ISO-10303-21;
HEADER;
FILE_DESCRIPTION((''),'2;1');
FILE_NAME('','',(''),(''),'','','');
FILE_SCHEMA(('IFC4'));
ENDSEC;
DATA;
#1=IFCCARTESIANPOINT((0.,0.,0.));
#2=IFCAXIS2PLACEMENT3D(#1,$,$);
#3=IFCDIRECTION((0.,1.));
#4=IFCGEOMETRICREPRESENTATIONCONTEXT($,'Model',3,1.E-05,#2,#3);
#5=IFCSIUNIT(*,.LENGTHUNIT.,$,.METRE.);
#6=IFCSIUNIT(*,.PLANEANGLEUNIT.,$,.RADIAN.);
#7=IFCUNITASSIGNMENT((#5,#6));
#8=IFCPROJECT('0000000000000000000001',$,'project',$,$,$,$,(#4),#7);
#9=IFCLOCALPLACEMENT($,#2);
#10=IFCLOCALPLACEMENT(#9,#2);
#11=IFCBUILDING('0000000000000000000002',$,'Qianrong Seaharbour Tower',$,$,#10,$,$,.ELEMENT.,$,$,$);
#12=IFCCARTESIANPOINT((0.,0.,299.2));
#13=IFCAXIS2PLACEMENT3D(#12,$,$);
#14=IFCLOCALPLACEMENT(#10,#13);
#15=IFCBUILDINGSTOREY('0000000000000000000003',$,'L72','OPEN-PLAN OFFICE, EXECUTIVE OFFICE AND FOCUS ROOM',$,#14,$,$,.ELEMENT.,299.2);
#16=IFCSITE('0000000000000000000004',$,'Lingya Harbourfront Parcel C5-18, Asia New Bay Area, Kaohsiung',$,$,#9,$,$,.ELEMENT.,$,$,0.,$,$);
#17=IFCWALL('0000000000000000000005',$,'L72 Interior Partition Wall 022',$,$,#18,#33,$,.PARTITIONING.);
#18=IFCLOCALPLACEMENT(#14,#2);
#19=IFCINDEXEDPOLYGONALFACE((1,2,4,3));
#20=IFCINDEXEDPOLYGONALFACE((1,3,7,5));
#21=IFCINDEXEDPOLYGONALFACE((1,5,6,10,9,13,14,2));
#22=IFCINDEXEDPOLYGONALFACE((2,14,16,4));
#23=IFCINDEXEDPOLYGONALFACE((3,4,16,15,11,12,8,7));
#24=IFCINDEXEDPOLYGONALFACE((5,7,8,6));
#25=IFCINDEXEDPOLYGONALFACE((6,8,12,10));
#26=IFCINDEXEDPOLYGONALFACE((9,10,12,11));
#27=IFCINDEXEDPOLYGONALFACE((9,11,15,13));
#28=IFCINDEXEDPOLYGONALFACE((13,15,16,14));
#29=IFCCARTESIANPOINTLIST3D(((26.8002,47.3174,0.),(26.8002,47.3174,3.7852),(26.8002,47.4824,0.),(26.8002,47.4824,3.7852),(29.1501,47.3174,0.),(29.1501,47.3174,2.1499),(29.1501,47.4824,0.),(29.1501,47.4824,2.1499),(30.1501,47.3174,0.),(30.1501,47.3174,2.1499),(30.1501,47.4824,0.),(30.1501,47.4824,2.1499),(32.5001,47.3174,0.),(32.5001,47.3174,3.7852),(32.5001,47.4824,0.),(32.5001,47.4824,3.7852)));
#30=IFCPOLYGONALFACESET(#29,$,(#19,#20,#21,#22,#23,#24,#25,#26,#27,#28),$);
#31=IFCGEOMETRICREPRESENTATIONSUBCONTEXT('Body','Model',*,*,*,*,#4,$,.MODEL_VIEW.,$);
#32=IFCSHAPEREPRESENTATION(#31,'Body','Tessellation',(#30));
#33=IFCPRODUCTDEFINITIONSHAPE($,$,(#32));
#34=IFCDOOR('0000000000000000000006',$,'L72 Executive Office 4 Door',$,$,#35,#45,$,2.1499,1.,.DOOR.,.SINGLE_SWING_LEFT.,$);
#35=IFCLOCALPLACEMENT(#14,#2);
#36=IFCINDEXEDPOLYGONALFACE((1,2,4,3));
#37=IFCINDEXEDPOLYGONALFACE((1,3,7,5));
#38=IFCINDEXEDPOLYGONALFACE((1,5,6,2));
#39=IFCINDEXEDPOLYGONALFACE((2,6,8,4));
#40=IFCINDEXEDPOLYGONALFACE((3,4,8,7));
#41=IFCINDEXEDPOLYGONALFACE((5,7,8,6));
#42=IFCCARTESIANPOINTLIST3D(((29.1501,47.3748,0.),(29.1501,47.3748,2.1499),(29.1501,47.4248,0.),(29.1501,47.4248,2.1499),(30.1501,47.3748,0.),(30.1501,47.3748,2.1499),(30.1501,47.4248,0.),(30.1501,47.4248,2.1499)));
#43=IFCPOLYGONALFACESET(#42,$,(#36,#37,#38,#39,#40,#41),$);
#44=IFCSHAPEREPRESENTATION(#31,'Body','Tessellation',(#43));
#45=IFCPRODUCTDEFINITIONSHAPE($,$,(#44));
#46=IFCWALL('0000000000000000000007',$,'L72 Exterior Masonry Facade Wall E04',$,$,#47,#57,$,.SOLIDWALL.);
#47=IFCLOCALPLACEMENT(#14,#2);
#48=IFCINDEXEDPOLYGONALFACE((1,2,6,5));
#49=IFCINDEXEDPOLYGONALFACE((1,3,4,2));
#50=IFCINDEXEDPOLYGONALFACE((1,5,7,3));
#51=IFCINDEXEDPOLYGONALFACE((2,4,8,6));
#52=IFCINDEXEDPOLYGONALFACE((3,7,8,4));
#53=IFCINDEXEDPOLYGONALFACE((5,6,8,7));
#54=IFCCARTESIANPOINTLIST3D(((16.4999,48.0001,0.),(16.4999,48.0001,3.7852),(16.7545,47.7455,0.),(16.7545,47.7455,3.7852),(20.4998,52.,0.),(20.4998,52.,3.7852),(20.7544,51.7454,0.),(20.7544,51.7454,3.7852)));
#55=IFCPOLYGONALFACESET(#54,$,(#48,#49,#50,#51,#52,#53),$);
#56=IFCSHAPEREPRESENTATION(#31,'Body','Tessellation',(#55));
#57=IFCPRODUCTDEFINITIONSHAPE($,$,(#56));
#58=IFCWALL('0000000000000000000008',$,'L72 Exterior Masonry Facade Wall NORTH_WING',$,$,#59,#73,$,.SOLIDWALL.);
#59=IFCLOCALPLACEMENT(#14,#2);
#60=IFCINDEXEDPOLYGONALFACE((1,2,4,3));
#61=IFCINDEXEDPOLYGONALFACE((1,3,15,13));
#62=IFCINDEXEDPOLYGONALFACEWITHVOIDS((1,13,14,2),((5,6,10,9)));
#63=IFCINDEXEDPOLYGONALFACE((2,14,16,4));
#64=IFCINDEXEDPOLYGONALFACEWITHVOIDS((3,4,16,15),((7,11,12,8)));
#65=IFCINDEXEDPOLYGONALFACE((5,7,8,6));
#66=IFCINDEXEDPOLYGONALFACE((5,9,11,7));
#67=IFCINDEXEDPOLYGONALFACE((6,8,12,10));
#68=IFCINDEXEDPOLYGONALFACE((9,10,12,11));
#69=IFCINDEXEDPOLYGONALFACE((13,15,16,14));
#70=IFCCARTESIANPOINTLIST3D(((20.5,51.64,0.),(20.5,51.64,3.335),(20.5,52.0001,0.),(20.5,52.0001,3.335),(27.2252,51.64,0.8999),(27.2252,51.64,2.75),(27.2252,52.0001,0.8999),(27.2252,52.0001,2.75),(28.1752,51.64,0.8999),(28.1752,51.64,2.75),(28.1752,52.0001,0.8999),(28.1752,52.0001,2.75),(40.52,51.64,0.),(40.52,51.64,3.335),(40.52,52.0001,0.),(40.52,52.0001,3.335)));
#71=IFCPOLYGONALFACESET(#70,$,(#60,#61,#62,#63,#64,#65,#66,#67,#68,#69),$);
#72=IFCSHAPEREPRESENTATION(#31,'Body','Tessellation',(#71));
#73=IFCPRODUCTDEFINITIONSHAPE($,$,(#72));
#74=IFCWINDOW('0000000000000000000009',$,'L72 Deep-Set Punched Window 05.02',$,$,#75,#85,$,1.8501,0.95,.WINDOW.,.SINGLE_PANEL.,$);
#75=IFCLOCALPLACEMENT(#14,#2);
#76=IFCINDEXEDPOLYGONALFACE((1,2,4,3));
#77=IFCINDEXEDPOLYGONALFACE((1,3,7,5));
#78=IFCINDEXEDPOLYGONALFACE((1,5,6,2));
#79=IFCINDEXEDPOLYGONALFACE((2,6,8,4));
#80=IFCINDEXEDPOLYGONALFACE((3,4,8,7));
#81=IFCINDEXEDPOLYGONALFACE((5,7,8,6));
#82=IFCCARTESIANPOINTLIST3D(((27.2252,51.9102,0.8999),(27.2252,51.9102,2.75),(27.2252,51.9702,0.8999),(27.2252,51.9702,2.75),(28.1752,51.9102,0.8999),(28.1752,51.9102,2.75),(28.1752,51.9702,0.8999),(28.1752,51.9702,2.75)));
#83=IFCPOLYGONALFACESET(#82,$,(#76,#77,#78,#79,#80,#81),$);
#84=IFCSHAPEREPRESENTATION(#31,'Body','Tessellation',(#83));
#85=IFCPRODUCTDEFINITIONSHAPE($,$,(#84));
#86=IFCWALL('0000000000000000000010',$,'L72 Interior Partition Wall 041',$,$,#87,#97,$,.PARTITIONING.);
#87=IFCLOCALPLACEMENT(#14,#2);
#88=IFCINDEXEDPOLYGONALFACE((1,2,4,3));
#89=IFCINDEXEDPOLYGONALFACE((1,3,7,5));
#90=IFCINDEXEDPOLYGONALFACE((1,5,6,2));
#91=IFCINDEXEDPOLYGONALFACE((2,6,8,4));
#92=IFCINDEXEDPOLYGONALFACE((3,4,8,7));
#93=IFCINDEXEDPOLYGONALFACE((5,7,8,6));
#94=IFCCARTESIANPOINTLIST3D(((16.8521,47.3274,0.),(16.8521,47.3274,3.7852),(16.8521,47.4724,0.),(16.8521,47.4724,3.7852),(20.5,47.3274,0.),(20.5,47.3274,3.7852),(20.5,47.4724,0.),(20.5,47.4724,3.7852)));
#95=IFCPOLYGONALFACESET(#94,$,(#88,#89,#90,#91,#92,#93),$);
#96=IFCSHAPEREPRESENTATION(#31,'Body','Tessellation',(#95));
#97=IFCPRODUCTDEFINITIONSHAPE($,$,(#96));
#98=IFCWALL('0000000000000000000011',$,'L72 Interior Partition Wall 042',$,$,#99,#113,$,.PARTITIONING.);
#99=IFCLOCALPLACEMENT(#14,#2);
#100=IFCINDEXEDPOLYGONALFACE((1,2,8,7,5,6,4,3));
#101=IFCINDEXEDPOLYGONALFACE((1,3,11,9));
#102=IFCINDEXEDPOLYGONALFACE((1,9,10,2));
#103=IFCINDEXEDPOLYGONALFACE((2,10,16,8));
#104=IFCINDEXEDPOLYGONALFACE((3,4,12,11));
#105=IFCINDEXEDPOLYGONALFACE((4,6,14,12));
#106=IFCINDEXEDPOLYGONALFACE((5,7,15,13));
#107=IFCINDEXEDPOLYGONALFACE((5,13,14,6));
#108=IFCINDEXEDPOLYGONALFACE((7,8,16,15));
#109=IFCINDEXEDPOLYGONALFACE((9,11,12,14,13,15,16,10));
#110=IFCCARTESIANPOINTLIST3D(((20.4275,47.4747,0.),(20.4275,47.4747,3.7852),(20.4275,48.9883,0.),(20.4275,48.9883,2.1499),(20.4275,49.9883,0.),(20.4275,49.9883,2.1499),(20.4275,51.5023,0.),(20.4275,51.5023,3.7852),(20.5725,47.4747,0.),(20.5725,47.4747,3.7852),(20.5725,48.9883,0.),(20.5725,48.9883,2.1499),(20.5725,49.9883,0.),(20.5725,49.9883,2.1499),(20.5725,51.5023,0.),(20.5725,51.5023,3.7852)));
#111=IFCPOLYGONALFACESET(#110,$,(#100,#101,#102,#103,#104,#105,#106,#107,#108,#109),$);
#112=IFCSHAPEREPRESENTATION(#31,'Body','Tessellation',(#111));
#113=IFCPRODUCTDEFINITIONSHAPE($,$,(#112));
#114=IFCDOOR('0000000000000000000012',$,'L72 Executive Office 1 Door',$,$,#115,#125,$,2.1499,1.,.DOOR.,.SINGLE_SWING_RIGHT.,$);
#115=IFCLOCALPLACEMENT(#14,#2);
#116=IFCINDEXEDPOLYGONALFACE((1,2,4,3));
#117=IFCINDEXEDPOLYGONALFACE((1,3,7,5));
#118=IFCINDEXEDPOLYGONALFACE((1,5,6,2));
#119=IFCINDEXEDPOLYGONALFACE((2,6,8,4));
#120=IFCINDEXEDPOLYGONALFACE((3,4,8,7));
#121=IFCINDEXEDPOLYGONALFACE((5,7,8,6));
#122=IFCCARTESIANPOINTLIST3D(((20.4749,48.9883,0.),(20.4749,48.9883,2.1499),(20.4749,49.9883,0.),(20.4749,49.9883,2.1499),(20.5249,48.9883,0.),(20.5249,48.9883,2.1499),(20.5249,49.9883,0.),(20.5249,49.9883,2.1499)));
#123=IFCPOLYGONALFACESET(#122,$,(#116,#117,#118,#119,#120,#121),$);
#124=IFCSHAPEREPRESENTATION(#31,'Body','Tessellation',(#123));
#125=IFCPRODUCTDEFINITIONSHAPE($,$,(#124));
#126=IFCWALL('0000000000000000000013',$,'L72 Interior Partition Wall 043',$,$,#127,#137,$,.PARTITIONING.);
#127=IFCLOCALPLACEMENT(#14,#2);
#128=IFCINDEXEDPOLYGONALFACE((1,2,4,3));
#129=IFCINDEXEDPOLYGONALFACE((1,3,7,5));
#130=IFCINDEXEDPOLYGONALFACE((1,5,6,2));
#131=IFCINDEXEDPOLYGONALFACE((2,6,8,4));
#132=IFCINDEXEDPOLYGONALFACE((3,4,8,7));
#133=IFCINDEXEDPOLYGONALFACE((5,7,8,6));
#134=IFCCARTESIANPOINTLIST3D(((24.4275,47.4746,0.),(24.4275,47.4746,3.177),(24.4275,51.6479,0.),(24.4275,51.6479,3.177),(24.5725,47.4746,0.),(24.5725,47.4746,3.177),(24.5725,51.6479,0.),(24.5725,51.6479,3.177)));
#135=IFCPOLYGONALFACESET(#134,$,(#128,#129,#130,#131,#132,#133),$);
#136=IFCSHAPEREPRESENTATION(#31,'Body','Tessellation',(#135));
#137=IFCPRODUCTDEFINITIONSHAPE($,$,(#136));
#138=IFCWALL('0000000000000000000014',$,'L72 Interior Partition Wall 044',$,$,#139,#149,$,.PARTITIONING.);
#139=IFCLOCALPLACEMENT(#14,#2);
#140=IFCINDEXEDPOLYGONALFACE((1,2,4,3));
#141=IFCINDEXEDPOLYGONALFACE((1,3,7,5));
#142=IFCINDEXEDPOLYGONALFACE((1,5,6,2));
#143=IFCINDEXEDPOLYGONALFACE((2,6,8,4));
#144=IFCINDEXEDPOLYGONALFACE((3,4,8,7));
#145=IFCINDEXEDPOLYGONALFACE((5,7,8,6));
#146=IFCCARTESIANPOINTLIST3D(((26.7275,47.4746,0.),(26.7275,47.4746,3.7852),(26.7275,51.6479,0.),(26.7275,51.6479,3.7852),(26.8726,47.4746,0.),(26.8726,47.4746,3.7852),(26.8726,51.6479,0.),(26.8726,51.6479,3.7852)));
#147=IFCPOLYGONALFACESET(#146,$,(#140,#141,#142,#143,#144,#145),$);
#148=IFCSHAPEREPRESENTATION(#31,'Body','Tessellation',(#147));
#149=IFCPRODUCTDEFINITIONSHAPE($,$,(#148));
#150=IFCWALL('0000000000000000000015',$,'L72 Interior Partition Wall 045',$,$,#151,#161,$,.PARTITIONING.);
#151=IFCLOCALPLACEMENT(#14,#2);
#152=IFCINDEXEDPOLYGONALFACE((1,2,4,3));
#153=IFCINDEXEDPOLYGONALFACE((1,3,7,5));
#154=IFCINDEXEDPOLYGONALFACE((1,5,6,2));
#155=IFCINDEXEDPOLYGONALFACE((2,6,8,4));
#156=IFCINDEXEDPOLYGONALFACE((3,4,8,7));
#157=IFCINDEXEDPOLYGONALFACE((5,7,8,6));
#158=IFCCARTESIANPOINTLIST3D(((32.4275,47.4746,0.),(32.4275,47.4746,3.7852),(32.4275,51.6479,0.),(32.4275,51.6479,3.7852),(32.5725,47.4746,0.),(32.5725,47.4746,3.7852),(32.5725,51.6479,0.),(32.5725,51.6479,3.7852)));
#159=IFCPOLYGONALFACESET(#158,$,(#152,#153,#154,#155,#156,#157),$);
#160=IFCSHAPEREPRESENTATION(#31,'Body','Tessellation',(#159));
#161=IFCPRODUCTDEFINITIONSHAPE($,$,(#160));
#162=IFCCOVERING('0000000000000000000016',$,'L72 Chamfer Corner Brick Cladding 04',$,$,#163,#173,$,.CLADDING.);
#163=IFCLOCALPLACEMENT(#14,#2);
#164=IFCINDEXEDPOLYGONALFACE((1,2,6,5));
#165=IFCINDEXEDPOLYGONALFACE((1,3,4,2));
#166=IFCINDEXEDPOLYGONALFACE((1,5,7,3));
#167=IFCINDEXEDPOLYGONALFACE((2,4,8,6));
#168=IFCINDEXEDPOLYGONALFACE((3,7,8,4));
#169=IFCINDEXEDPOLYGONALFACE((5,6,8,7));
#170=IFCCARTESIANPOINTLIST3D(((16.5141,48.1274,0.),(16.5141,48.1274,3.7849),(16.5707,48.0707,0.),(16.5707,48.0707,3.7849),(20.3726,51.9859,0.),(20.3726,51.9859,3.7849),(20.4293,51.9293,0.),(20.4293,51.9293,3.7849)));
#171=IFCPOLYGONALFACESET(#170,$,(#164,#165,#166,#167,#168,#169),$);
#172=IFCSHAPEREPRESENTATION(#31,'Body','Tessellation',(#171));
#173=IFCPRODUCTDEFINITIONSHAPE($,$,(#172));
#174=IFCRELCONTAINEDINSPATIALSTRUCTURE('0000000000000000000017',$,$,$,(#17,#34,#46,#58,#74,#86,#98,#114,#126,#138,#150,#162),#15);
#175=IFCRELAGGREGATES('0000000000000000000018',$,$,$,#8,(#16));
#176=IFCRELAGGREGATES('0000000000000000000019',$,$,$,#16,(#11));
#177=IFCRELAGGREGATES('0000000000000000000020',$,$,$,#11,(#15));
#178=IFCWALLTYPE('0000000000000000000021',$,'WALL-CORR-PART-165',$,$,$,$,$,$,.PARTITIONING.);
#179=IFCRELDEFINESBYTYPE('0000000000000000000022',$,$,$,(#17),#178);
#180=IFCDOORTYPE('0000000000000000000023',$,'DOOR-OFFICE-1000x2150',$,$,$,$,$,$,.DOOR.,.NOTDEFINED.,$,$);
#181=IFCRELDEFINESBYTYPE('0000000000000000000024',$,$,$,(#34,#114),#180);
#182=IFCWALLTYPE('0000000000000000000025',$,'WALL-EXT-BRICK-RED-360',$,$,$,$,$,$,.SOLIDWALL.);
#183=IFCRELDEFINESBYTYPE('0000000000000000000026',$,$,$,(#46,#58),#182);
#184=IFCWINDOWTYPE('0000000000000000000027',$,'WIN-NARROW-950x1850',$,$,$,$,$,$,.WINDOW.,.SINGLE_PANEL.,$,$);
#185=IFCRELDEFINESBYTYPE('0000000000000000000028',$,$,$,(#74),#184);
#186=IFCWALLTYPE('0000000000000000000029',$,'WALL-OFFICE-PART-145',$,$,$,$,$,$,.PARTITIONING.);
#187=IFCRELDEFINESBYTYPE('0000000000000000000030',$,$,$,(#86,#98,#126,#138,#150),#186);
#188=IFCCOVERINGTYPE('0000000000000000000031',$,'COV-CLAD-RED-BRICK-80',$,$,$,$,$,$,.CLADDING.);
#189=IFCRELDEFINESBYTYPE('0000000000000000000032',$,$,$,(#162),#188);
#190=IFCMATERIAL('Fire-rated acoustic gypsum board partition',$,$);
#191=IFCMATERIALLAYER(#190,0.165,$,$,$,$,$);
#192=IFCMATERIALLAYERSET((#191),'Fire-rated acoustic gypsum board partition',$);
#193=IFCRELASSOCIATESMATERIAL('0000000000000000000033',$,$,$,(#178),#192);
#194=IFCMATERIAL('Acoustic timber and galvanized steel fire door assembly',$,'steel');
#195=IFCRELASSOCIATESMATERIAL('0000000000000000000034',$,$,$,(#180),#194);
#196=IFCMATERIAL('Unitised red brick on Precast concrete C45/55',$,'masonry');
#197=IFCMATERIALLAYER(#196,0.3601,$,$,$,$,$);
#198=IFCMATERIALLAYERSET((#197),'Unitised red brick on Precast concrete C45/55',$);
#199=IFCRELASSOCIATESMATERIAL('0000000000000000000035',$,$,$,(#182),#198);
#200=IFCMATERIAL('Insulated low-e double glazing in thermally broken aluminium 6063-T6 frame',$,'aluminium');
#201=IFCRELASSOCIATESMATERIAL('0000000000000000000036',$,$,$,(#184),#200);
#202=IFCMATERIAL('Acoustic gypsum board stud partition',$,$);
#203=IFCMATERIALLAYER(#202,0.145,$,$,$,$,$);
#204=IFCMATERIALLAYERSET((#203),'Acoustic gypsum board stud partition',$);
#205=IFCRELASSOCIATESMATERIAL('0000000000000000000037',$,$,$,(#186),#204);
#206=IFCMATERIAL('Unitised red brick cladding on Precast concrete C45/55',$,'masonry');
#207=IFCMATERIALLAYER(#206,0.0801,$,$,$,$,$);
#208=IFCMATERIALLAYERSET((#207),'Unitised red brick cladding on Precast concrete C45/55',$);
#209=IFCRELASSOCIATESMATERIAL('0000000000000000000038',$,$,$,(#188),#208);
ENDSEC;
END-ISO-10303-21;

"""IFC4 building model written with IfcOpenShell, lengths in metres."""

from ifc_helpers import new_model, si_unit, direction, frame, frame_2d, origin, origin_2d, place, context, subcontext, project, spatial, rectangle, extrude, material, layer, layer_set, type_object, element, fill, save


model = new_model("IFC4")

# Units and contexts
model_context = context("Model", 3, precision=1e-05, world=origin(), true_north=direction((0.0, 1.0)))
body_context = subcontext(model_context, "Body", "Model", "MODEL_VIEW")
ifc_project = project(units=[si_unit("LENGTHUNIT", "METRE"), si_unit("PLANEANGLEUNIT", "RADIAN")], contexts=[model_context])

# Site, building, storey
site_placement = place(None, origin())
site = spatial("IfcSite", under=ifc_project, at=site_placement, Name="Lingya Harbourfront Parcel C5-18, Asia New Bay Area, Kaohsiung", CompositionType="ELEMENT", RefElevation=0.0)
building_placement = place(site_placement, origin())
building = spatial("IfcBuilding", under=site, at=building_placement, Name="Qianrong Seaharbour Tower", CompositionType="ELEMENT")
storey_placement = place(building_placement, frame((0.0, 0.0, 299.2)))
storey = spatial("IfcBuildingStorey", under=building, at=storey_placement, Name="L72", Description="OPEN-PLAN OFFICE, EXECUTIVE OFFICE AND FOCUS ROOM", CompositionType="ELEMENT", Elevation=299.2)

# Shared definitions
ifc_material_1 = material(Name="Fire-rated acoustic gypsum board partition")
ifc_layer_1 = layer(ifc_material_1, 0.165)
ifc_layer_set_1 = layer_set([ifc_layer_1], Name="Fire-rated acoustic gypsum board partition")
wall_type_1 = type_object("IfcWallType", Name="WALL-CORR-PART-165", PredefinedType="PARTITIONING", material=ifc_layer_set_1)

# Wall, opening, door
ifc_material_2 = material(Name="Acoustic timber and galvanized steel fire door assembly", Category="steel")
door_type_1 = type_object("IfcDoorType", Name="DOOR-OFFICE-1000x2150", OperationType="NOTDEFINED", PredefinedType="DOOR", material=ifc_material_2)
wall_1_placement = place(storey_placement, frame((26.8, 47.3999, 0.0), z_axis=(0.0, 0.0, 1.0), x_axis=(1.0, 0.0, 0.0)))
wall_1 = element("IfcWall", 1, at=wall_1_placement, inside=storey, type_object=wall_type_1, Name="L72 Interior Partition Wall 022", PredefinedType="PARTITIONING", context=body_context, shape_type="SweptSolid", body=[
    extrude(rectangle(XDim=5.7, YDim=0.165, at=frame_2d((2.8501, 0.0))), origin(), (0.0, 0.0, 1.0), 3.7852),
])
opening_1_placement = place(wall_1_placement, frame((2.3501, 0.0, 0.0)))
opening_1 = element("IfcOpeningElement", 2, at=opening_1_placement, cuts=wall_1, PredefinedType="OPENING", context=body_context, shape_type="SweptSolid", body=[
    extrude(rectangle(XDim=1.0, YDim=2.1499, at=frame_2d((0.5, 1.075))), frame((0.0, 0.0925, 0.0), z_axis=(0.0, -1.0, 0.0), x_axis=(1.0, 0.0, 0.0)), (0.0, 0.0, 1.0), 0.1851),
])
door_1_placement = place(opening_1_placement, origin())
door_1 = element("IfcDoor", 3, at=door_1_placement, inside=storey, type_object=door_type_1, Name="L72 Executive Office 4 Door", OperationType="SINGLE_SWING_LEFT", OverallHeight=2.1499, OverallWidth=1.0, PredefinedType="DOOR", context=body_context, shape_type="SweptSolid", body=[
    extrude(rectangle(XDim=1.0, YDim=2.1499, at=frame_2d((0.5, 1.075))), frame((0.0, 0.0249, 0.0), z_axis=(0.0, -1.0, 0.0), x_axis=(1.0, 0.0, 0.0)), (0.0, 0.0, 1.0), 0.05),
])
fill(opening_1, door_1)

# Wall
ifc_material_3 = material(Name="Unitised red brick on Precast concrete C45/55", Category="masonry")
ifc_layer_2 = layer(ifc_material_3, 0.3601)
ifc_layer_set_2 = layer_set([ifc_layer_2], Name="Unitised red brick on Precast concrete C45/55")
wall_type_2 = type_object("IfcWallType", Name="WALL-EXT-BRICK-RED-360", PredefinedType="SOLIDWALL", material=ifc_layer_set_2)
wall_2_placement = place(storey_placement, frame((16.6272, 47.8728, 0.0), z_axis=(0.0, 0.0, 1.0), x_axis=(0.707107, 0.707107, 0.0)))
element("IfcWall", 4, at=wall_2_placement, inside=storey, type_object=wall_type_2, Name="L72 Exterior Masonry Facade Wall E04", PredefinedType="SOLIDWALL", context=body_context, shape_type="SweptSolid", body=[
    extrude(rectangle(XDim=5.6567, YDim=0.3601, at=frame_2d((2.8284, 0.0))), origin(), (0.0, 0.0, 1.0), 3.7852),
])

# Wall, opening, window
wall_3_placement = place(storey_placement, frame((20.5, 51.8201, 0.0), z_axis=(0.0, 0.0, 1.0), x_axis=(1.0, 0.0, 0.0)))
wall_3 = element("IfcWall", 5, at=wall_3_placement, inside=storey, type_object=wall_type_2, Name="L72 Exterior Masonry Facade Wall NORTH_WING", PredefinedType="SOLIDWALL", context=body_context, shape_type="SweptSolid", body=[
    extrude(rectangle(XDim=20.02, YDim=0.3601, at=frame_2d((10.01, 0.0))), origin(), (0.0, 0.0, 1.0), 3.335),
])
opening_2_placement = place(wall_3_placement, frame((6.7251, 0.0, 0.8999)))
opening_2 = element("IfcOpeningElement", 6, at=opening_2_placement, cuts=wall_3, PredefinedType="OPENING", context=body_context, shape_type="SweptSolid", body=[
    extrude(rectangle(XDim=0.95, YDim=1.8501, at=frame_2d((0.4751, 0.925))), frame((0.0, 0.1899, 0.0), z_axis=(0.0, -1.0, 0.0), x_axis=(1.0, 0.0, 0.0)), (0.0, 0.0, 1.0), 0.3801),
])
ifc_material_4 = material(Name="Insulated low-e double glazing in thermally broken aluminium 6063-T6 frame", Category="aluminium")
window_type = type_object("IfcWindowType", Name="WIN-NARROW-950x1850", PartitioningType="SINGLE_PANEL", PredefinedType="WINDOW", material=ifc_material_4)
window_placement = place(opening_2_placement, origin())
window = element("IfcWindow", 7, at=window_placement, inside=storey, type_object=window_type, Name="L72 Deep-Set Punched Window 05.02", OverallHeight=1.8501, OverallWidth=0.95, PartitioningType="SINGLE_PANEL", PredefinedType="WINDOW", context=body_context, shape_type="SweptSolid", body=[
    extrude(rectangle(XDim=0.95, YDim=1.8501, at=frame_2d((0.4751, 0.925))), frame((0.0, 0.1501, 0.0), z_axis=(0.0, -1.0, 0.0), x_axis=(1.0, 0.0, 0.0)), (0.0, 0.0, 1.0), 0.0601),
])
fill(opening_2, window)

# Wall
ifc_material_5 = material(Name="Acoustic gypsum board stud partition")
ifc_layer_3 = layer(ifc_material_5, 0.145)
ifc_layer_set_3 = layer_set([ifc_layer_3], Name="Acoustic gypsum board stud partition")
wall_type_3 = type_object("IfcWallType", Name="WALL-OFFICE-PART-145", PredefinedType="PARTITIONING", material=ifc_layer_set_3)
wall_4_placement = place(storey_placement, frame((16.8521, 47.3999, 0.0), z_axis=(0.0, 0.0, 1.0), x_axis=(1.0, 0.0, 0.0)))
element("IfcWall", 8, at=wall_4_placement, inside=storey, type_object=wall_type_3, Name="L72 Interior Partition Wall 041", PredefinedType="PARTITIONING", context=body_context, shape_type="SweptSolid", body=[
    extrude(rectangle(XDim=3.6479, YDim=0.145, at=frame_2d((1.824, 0.0))), origin(), (0.0, 0.0, 1.0), 3.7852),
])

# Wall, opening, door
wall_5_placement = place(storey_placement, frame((20.5, 51.5022, 0.0), z_axis=(0.0, 0.0, 1.0), x_axis=(0.0, -1.0, 0.0)))
wall_5 = element("IfcWall", 9, at=wall_5_placement, inside=storey, type_object=wall_type_3, Name="L72 Interior Partition Wall 042", PredefinedType="PARTITIONING", context=body_context, shape_type="SweptSolid", body=[
    extrude(rectangle(XDim=4.0276, YDim=0.145, at=frame_2d((2.0137, 0.0))), origin(), (0.0, 0.0, 1.0), 3.7852),
])
opening_3_placement = place(wall_5_placement, frame((1.5139, 0.0, 0.0)))
opening_3 = element("IfcOpeningElement", 10, at=opening_3_placement, cuts=wall_5, PredefinedType="OPENING", context=body_context, shape_type="SweptSolid", body=[
    extrude(rectangle(XDim=1.0, YDim=2.1499, at=frame_2d((0.5, 1.075))), frame((0.0, 0.0825, 0.0), z_axis=(0.0, -1.0, 0.0), x_axis=(1.0, 0.0, 0.0)), (0.0, 0.0, 1.0), 0.165),
])
door_2_placement = place(opening_3_placement, origin())
door_2 = element("IfcDoor", 11, at=door_2_placement, inside=storey, type_object=door_type_1, Name="L72 Executive Office 1 Door", OperationType="SINGLE_SWING_RIGHT", OverallHeight=2.1499, OverallWidth=1.0, PredefinedType="DOOR", context=body_context, shape_type="SweptSolid", body=[
    extrude(rectangle(XDim=1.0, YDim=2.1499, at=frame_2d((0.5, 1.075))), frame((0.0, 0.0249, 0.0), z_axis=(0.0, -1.0, 0.0), x_axis=(1.0, 0.0, 0.0)), (0.0, 0.0, 1.0), 0.05),
])
fill(opening_3, door_2)

# Walls
wall_6_placement = place(storey_placement, frame((24.5, 51.6479, 0.0), z_axis=(0.0, 0.0, 1.0), x_axis=(0.0, -1.0, 0.0)))
element("IfcWall", 12, at=wall_6_placement, inside=storey, type_object=wall_type_3, Name="L72 Interior Partition Wall 043", PredefinedType="PARTITIONING", context=body_context, shape_type="SweptSolid", body=[
    extrude(rectangle(XDim=4.1733, YDim=0.145, at=frame_2d((2.0867, 0.0))), origin(), (0.0, 0.0, 1.0), 3.177),
])
for number, where, z_axis, x_axis, name in (
    (13, (26.8, 51.6479, 0.0), (0.0, 0.0, 1.0), (0.0, -1.0, 0.0), "L72 Interior Partition Wall 044"),
    (14, (32.5, 51.6479, 0.0), (0.0, 0.0, 1.0), (0.0, -1.0, 0.0), "L72 Interior Partition Wall 045"),
):
    element("IfcWall", number, at=place(storey_placement, frame(where, z_axis=z_axis, x_axis=x_axis)), inside=storey, type_object=wall_type_3, Name=name, PredefinedType="PARTITIONING", context=body_context, shape_type="SweptSolid", body=[
        extrude(rectangle(XDim=4.1733, YDim=0.145, at=frame_2d((2.0867, 0.0))), origin(), (0.0, 0.0, 1.0), 3.7852),
    ])

# Covering
ifc_material_6 = material(Name="Unitised red brick cladding on Precast concrete C45/55", Category="masonry")
ifc_layer_4 = layer(ifc_material_6, 0.0801)
ifc_layer_set_4 = layer_set([ifc_layer_4], Name="Unitised red brick cladding on Precast concrete C45/55")
covering_type = type_object("IfcCoveringType", Name="COV-CLAD-RED-BRICK-80", PredefinedType="CLADDING", material=ifc_layer_set_4)
covering_placement = place(storey_placement, frame((18.4717, 50.0283, 0.0), z_axis=(0.0, 0.0, 1.0), x_axis=(0.707107, 0.707107, 0.0)))
element("IfcCovering", 15, at=covering_placement, inside=storey, type_object=covering_type, Name="L72 Chamfer Corner Brick Cladding 04", PredefinedType="CLADDING", context=body_context, shape_type="SweptSolid", body=[
    extrude(rectangle(XDim=5.4568, YDim=0.0801, at=origin_2d()), origin(), (0.0, 0.0, 1.0), 3.7849),
])

save(model, "model.ifc")
